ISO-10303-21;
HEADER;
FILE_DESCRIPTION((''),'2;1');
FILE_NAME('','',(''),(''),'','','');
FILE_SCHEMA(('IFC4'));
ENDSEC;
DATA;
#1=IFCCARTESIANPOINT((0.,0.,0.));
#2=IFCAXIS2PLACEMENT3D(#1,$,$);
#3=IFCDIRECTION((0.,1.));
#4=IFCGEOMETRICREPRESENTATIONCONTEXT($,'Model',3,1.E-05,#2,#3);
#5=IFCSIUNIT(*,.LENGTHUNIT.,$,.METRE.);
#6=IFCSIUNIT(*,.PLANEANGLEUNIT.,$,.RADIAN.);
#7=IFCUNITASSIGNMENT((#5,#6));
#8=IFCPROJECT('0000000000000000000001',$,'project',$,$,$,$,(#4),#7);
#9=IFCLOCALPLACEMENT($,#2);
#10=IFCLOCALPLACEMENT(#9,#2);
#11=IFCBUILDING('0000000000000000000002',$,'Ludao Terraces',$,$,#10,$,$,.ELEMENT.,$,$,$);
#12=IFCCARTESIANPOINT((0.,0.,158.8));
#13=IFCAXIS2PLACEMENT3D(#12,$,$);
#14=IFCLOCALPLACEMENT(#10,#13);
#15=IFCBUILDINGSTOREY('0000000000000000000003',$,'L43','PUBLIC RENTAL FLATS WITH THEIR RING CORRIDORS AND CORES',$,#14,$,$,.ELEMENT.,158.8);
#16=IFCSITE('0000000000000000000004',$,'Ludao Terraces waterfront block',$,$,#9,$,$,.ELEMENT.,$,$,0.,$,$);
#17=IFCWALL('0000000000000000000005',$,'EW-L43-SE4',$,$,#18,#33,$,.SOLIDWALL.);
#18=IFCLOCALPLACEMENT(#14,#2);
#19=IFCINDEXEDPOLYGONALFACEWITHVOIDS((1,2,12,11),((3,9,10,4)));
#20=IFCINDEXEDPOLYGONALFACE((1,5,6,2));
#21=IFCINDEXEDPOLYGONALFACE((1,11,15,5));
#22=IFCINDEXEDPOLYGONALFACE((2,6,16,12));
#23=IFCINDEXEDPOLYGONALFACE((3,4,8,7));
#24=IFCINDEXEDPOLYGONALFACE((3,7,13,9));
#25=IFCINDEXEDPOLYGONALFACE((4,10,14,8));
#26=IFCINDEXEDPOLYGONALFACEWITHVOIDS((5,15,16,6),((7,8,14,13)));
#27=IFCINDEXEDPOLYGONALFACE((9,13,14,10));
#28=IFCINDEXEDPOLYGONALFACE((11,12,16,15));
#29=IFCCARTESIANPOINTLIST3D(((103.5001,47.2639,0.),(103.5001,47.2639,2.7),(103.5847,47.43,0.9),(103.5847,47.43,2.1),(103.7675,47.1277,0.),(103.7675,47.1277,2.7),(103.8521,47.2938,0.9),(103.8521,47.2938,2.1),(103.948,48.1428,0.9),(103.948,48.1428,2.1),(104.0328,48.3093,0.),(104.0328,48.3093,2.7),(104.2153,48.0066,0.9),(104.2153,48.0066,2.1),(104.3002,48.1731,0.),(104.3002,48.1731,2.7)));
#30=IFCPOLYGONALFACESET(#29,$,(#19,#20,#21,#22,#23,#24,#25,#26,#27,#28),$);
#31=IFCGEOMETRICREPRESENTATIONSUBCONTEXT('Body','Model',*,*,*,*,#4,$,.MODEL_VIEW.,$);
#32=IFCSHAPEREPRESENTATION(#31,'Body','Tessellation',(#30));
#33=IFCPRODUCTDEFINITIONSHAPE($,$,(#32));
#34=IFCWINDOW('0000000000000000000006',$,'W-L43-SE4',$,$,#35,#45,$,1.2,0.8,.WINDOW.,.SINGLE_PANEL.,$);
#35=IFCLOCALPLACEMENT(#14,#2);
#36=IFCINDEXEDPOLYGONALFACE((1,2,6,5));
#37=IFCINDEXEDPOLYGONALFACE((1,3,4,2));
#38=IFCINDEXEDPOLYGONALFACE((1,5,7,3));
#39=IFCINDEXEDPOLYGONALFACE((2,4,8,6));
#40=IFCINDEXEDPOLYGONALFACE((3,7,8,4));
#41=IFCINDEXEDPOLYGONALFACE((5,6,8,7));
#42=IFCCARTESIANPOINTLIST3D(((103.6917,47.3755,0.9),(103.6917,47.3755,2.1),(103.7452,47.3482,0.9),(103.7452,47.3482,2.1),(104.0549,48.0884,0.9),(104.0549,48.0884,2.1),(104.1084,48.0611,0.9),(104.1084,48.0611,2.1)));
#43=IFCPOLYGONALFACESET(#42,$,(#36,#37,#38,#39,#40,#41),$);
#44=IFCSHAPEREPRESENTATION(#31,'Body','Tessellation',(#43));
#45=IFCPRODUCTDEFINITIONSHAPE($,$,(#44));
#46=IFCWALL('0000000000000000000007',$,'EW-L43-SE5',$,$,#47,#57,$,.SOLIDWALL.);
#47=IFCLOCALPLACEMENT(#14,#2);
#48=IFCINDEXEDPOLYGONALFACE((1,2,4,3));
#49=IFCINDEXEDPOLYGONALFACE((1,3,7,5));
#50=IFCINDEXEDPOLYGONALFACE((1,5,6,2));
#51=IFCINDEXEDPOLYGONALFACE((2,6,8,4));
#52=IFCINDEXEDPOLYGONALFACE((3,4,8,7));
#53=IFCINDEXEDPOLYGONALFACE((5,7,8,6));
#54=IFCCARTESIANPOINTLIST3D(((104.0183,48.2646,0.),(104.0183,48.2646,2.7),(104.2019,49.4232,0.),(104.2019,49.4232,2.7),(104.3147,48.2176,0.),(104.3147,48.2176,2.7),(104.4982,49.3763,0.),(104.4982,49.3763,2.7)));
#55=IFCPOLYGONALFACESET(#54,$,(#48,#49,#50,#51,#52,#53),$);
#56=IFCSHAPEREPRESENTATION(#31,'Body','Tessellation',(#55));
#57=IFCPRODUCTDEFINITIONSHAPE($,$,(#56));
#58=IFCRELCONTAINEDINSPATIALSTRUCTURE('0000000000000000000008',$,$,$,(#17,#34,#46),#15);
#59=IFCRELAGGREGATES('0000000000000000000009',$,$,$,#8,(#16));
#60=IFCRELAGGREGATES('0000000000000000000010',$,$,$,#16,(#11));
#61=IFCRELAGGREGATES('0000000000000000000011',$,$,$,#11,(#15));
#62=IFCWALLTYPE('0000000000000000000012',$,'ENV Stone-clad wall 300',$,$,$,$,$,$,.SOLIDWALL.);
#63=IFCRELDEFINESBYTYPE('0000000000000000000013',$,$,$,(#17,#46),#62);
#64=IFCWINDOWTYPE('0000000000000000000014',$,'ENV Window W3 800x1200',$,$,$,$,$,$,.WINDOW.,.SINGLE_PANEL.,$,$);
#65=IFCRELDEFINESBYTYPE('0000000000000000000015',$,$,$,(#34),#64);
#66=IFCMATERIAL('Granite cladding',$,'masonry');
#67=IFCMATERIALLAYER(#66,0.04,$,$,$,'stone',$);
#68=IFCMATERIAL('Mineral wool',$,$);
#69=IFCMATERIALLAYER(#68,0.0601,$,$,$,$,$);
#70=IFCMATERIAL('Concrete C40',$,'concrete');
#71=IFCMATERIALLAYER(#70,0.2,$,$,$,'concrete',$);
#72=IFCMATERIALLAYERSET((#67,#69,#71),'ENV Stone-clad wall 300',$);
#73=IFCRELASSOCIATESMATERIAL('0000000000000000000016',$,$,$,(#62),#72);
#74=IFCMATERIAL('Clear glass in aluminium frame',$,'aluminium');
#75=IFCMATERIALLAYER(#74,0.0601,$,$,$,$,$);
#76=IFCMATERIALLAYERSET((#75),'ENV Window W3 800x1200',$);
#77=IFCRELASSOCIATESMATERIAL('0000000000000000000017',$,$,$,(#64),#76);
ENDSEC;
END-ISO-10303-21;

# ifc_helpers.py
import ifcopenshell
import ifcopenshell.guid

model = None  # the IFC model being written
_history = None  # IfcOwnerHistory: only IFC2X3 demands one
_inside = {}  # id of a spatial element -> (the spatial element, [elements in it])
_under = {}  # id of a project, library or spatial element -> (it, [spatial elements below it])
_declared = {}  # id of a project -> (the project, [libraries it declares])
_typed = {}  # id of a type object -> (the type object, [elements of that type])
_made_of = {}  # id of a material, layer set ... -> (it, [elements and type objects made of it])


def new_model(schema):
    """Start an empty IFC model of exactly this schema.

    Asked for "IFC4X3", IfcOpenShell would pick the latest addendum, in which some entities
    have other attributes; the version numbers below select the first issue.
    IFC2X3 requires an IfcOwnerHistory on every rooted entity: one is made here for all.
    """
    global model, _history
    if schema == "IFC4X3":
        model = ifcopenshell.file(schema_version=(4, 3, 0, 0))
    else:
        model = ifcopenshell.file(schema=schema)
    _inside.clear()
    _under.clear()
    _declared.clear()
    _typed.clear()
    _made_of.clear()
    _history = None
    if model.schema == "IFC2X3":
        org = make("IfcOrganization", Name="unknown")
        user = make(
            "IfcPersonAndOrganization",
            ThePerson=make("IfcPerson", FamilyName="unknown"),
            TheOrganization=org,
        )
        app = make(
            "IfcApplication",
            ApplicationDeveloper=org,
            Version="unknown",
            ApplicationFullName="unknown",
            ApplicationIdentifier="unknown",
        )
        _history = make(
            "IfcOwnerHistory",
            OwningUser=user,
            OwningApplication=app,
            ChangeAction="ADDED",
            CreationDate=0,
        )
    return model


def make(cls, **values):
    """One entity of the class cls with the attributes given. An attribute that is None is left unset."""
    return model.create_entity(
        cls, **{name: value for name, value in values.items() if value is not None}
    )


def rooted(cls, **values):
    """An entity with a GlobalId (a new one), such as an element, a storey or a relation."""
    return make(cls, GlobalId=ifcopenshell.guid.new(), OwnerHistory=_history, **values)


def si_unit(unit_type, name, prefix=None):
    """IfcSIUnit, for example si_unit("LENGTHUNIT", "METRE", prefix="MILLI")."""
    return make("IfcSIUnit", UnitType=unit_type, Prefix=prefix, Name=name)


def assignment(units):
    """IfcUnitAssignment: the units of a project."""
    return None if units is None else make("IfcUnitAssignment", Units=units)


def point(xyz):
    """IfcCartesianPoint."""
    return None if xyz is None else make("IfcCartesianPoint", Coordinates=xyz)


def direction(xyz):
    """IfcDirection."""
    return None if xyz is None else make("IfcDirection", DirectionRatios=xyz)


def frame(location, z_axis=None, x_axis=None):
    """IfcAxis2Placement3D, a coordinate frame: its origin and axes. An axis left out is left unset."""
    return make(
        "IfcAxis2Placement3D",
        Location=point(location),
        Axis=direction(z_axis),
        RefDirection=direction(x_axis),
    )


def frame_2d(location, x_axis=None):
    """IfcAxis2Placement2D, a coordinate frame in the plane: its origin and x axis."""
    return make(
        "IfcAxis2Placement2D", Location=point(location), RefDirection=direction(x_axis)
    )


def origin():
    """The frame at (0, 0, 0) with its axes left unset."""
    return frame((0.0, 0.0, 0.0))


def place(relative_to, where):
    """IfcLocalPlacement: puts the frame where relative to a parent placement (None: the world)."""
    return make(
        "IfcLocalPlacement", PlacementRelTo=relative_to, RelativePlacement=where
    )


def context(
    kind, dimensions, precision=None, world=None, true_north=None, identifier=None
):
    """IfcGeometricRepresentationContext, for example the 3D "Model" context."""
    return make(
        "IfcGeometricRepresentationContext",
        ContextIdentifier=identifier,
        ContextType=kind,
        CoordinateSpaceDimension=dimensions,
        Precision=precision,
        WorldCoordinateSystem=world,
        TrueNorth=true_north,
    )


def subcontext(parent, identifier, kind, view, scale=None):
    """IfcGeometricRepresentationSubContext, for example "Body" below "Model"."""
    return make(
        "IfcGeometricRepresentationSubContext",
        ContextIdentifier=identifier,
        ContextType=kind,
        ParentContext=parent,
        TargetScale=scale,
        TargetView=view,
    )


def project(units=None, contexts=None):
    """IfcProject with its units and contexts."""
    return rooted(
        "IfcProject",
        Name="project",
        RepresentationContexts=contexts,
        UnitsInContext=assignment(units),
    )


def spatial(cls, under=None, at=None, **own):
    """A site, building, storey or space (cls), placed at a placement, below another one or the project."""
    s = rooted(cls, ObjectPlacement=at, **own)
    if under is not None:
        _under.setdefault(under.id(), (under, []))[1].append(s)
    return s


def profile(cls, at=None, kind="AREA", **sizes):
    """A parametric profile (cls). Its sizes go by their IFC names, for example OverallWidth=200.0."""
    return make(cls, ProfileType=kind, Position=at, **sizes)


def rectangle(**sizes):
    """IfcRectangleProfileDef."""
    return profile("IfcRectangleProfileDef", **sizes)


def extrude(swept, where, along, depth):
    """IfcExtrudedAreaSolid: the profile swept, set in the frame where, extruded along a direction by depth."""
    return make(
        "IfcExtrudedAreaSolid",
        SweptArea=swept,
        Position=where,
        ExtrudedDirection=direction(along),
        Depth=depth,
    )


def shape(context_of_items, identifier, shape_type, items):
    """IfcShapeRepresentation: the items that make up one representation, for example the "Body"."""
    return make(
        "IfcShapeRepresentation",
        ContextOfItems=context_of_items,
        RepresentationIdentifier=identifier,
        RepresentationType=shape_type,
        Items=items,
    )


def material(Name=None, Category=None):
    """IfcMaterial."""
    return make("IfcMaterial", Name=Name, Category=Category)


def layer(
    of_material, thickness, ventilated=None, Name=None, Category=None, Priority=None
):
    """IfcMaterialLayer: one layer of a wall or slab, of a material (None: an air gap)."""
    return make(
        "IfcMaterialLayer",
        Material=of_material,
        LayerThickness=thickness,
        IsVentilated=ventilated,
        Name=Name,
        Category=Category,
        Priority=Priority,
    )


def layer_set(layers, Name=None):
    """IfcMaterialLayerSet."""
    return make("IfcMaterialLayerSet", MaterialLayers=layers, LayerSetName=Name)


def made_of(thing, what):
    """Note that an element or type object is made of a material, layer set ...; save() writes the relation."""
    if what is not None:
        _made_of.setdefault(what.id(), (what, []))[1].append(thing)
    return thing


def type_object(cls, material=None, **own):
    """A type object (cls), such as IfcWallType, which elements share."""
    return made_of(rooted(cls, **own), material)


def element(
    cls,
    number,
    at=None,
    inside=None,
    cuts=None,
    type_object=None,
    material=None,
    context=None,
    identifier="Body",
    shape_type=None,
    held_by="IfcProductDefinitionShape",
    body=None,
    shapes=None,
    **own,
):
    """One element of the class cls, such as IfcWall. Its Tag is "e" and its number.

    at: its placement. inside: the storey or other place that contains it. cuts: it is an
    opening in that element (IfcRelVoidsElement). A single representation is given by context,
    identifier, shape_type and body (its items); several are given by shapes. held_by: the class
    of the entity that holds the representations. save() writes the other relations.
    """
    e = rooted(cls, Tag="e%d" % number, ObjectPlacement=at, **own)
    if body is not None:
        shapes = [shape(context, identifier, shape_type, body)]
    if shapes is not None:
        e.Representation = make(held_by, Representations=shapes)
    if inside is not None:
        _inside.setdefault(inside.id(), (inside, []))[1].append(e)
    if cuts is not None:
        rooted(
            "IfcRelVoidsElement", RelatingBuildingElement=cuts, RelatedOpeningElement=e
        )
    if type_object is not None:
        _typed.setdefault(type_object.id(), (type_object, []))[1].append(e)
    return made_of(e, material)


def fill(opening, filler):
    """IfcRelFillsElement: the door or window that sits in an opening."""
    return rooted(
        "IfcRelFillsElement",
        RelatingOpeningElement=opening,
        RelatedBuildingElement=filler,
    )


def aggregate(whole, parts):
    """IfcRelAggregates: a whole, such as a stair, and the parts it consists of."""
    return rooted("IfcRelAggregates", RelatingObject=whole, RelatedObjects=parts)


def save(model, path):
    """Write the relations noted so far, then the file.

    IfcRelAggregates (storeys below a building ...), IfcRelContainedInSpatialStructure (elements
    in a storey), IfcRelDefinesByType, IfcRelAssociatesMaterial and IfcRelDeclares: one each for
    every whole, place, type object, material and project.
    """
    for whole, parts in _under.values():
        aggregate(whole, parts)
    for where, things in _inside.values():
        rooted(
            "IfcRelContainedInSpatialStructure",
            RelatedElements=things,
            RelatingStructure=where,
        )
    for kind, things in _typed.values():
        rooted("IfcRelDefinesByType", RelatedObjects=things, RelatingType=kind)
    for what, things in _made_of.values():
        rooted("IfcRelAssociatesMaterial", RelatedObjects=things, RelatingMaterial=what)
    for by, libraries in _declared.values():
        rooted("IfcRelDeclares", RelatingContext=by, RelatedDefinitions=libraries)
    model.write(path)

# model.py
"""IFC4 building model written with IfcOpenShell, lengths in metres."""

from ifc_helpers import new_model, si_unit, direction, frame, frame_2d, origin, place, context, subcontext, project, spatial, rectangle, extrude, material, layer, layer_set, type_object, element, fill, save


model = new_model("IFC4")

# Units and contexts
model_context = context("Model", 3, precision=1e-05, world=origin(), true_north=direction((0.0, 1.0)))
body_context = subcontext(model_context, "Body", "Model", "MODEL_VIEW")
ifc_project = project(units=[si_unit("LENGTHUNIT", "METRE"), si_unit("PLANEANGLEUNIT", "RADIAN")], contexts=[model_context])

# Site, building, storey
site_placement = place(None, origin())
site = spatial("IfcSite", under=ifc_project, at=site_placement, Name="Ludao Terraces waterfront block", CompositionType="ELEMENT", RefElevation=0.0)
building_placement = place(site_placement, origin())
building = spatial("IfcBuilding", under=site, at=building_placement, Name="Ludao Terraces", CompositionType="ELEMENT")
storey_placement = place(building_placement, frame((0.0, 0.0, 158.8)))
storey = spatial("IfcBuildingStorey", under=building, at=storey_placement, Name="L43", Description="PUBLIC RENTAL FLATS WITH THEIR RING CORRIDORS AND CORES", CompositionType="ELEMENT", Elevation=158.8)

# Shared definitions
ifc_material_1 = material(Name="Concrete C40", Category="concrete")

# Wall, opening, window
ifc_material_2 = material(Name="Granite cladding", Category="masonry")
ifc_layer_1 = layer(ifc_material_2, 0.04, Category="stone")
ifc_material_3 = material(Name="Mineral wool")
ifc_layer_2 = layer(ifc_material_3, 0.0601)
ifc_layer_3 = layer(ifc_material_1, 0.2, Category="concrete")
ifc_layer_set_1 = layer_set([ifc_layer_1, ifc_layer_2, ifc_layer_3], Name="ENV Stone-clad wall 300")
wall_type = type_object("IfcWallType", Name="ENV Stone-clad wall 300", PredefinedType="SOLIDWALL", material=ifc_layer_set_1)
ifc_material_4 = material(Name="Clear glass in aluminium frame", Category="aluminium")
ifc_layer_4 = layer(ifc_material_4, 0.0601)
ifc_layer_set_2 = layer_set([ifc_layer_4], Name="ENV Window W3 800x1200")
window_type_1 = type_object("IfcWindowType", Name="ENV Window W3 800x1200", PartitioningType="SINGLE_PANEL", PredefinedType="WINDOW", material=ifc_layer_set_2)
wall_1_placement = place(storey_placement, frame((103.6338, 47.1958, 0.0), z_axis=(0.0, 0.0, 1.0), x_axis=(0.454026, 0.890989, 0.0)))
wall_1 = element("IfcWall", 1, at=wall_1_placement, inside=storey, type_object=wall_type, Name="EW-L43-SE4", PredefinedType="SOLIDWALL", context=body_context, shape_type="SweptSolid", body=[
    extrude(rectangle(XDim=1.1733, YDim=0.3, at=frame_2d((0.5867, 0.0))), origin(), (0.0, 0.0, 1.0), 2.7),
])
opening_1_placement = place(wall_1_placement, frame((0.1865, 0.0, 0.8999)))
opening_1 = element("IfcOpeningElement", 2, at=opening_1_placement, cuts=wall_1, PredefinedType="OPENING", context=body_context, shape_type="SweptSolid", body=[
    extrude(rectangle(XDim=0.8, YDim=1.2, at=frame_2d((0.3999, 0.6001))), frame((0.0, 0.1602, 0.0), z_axis=(0.0, -1.0, 0.0), x_axis=(1.0, 0.0, 0.0)), (0.0, 0.0, 1.0), 0.3201),
])
window_1_placement = place(opening_1_placement, origin())
window_1 = element("IfcWindow", 3, at=window_1_placement, inside=storey, type_object=window_type_1, Name="W-L43-SE4", OverallHeight=1.2, OverallWidth=0.8, PartitioningType="SINGLE_PANEL", PredefinedType="WINDOW", context=body_context, shape_type="SweptSolid", body=[
    extrude(rectangle(XDim=0.8, YDim=1.2, at=frame_2d((0.3999, 0.6001))), frame((0.0, 0.03, 0.0), z_axis=(0.0, -1.0, 0.0), x_axis=(1.0, 0.0, 0.0)), (0.0, 0.0, 1.0), 0.0601),
])
fill(opening_1, window_1)

# Wall
wall_2_placement = place(storey_placement, frame((104.1665, 48.2412, 0.0), z_axis=(0.0, 0.0, 1.0), x_axis=(0.156497, 0.987678, 0.0)))
element("IfcWall", 4, at=wall_2_placement, inside=storey, type_object=wall_type, Name="EW-L43-SE5", PredefinedType="SOLIDWALL", context=body_context, shape_type="SweptSolid", body=[
    extrude(rectangle(XDim=1.1731, YDim=0.3, at=frame_2d((0.5864, 0.0))), origin(), (0.0, 0.0, 1.0), 2.7),
])

save(model, "model.ifc")
